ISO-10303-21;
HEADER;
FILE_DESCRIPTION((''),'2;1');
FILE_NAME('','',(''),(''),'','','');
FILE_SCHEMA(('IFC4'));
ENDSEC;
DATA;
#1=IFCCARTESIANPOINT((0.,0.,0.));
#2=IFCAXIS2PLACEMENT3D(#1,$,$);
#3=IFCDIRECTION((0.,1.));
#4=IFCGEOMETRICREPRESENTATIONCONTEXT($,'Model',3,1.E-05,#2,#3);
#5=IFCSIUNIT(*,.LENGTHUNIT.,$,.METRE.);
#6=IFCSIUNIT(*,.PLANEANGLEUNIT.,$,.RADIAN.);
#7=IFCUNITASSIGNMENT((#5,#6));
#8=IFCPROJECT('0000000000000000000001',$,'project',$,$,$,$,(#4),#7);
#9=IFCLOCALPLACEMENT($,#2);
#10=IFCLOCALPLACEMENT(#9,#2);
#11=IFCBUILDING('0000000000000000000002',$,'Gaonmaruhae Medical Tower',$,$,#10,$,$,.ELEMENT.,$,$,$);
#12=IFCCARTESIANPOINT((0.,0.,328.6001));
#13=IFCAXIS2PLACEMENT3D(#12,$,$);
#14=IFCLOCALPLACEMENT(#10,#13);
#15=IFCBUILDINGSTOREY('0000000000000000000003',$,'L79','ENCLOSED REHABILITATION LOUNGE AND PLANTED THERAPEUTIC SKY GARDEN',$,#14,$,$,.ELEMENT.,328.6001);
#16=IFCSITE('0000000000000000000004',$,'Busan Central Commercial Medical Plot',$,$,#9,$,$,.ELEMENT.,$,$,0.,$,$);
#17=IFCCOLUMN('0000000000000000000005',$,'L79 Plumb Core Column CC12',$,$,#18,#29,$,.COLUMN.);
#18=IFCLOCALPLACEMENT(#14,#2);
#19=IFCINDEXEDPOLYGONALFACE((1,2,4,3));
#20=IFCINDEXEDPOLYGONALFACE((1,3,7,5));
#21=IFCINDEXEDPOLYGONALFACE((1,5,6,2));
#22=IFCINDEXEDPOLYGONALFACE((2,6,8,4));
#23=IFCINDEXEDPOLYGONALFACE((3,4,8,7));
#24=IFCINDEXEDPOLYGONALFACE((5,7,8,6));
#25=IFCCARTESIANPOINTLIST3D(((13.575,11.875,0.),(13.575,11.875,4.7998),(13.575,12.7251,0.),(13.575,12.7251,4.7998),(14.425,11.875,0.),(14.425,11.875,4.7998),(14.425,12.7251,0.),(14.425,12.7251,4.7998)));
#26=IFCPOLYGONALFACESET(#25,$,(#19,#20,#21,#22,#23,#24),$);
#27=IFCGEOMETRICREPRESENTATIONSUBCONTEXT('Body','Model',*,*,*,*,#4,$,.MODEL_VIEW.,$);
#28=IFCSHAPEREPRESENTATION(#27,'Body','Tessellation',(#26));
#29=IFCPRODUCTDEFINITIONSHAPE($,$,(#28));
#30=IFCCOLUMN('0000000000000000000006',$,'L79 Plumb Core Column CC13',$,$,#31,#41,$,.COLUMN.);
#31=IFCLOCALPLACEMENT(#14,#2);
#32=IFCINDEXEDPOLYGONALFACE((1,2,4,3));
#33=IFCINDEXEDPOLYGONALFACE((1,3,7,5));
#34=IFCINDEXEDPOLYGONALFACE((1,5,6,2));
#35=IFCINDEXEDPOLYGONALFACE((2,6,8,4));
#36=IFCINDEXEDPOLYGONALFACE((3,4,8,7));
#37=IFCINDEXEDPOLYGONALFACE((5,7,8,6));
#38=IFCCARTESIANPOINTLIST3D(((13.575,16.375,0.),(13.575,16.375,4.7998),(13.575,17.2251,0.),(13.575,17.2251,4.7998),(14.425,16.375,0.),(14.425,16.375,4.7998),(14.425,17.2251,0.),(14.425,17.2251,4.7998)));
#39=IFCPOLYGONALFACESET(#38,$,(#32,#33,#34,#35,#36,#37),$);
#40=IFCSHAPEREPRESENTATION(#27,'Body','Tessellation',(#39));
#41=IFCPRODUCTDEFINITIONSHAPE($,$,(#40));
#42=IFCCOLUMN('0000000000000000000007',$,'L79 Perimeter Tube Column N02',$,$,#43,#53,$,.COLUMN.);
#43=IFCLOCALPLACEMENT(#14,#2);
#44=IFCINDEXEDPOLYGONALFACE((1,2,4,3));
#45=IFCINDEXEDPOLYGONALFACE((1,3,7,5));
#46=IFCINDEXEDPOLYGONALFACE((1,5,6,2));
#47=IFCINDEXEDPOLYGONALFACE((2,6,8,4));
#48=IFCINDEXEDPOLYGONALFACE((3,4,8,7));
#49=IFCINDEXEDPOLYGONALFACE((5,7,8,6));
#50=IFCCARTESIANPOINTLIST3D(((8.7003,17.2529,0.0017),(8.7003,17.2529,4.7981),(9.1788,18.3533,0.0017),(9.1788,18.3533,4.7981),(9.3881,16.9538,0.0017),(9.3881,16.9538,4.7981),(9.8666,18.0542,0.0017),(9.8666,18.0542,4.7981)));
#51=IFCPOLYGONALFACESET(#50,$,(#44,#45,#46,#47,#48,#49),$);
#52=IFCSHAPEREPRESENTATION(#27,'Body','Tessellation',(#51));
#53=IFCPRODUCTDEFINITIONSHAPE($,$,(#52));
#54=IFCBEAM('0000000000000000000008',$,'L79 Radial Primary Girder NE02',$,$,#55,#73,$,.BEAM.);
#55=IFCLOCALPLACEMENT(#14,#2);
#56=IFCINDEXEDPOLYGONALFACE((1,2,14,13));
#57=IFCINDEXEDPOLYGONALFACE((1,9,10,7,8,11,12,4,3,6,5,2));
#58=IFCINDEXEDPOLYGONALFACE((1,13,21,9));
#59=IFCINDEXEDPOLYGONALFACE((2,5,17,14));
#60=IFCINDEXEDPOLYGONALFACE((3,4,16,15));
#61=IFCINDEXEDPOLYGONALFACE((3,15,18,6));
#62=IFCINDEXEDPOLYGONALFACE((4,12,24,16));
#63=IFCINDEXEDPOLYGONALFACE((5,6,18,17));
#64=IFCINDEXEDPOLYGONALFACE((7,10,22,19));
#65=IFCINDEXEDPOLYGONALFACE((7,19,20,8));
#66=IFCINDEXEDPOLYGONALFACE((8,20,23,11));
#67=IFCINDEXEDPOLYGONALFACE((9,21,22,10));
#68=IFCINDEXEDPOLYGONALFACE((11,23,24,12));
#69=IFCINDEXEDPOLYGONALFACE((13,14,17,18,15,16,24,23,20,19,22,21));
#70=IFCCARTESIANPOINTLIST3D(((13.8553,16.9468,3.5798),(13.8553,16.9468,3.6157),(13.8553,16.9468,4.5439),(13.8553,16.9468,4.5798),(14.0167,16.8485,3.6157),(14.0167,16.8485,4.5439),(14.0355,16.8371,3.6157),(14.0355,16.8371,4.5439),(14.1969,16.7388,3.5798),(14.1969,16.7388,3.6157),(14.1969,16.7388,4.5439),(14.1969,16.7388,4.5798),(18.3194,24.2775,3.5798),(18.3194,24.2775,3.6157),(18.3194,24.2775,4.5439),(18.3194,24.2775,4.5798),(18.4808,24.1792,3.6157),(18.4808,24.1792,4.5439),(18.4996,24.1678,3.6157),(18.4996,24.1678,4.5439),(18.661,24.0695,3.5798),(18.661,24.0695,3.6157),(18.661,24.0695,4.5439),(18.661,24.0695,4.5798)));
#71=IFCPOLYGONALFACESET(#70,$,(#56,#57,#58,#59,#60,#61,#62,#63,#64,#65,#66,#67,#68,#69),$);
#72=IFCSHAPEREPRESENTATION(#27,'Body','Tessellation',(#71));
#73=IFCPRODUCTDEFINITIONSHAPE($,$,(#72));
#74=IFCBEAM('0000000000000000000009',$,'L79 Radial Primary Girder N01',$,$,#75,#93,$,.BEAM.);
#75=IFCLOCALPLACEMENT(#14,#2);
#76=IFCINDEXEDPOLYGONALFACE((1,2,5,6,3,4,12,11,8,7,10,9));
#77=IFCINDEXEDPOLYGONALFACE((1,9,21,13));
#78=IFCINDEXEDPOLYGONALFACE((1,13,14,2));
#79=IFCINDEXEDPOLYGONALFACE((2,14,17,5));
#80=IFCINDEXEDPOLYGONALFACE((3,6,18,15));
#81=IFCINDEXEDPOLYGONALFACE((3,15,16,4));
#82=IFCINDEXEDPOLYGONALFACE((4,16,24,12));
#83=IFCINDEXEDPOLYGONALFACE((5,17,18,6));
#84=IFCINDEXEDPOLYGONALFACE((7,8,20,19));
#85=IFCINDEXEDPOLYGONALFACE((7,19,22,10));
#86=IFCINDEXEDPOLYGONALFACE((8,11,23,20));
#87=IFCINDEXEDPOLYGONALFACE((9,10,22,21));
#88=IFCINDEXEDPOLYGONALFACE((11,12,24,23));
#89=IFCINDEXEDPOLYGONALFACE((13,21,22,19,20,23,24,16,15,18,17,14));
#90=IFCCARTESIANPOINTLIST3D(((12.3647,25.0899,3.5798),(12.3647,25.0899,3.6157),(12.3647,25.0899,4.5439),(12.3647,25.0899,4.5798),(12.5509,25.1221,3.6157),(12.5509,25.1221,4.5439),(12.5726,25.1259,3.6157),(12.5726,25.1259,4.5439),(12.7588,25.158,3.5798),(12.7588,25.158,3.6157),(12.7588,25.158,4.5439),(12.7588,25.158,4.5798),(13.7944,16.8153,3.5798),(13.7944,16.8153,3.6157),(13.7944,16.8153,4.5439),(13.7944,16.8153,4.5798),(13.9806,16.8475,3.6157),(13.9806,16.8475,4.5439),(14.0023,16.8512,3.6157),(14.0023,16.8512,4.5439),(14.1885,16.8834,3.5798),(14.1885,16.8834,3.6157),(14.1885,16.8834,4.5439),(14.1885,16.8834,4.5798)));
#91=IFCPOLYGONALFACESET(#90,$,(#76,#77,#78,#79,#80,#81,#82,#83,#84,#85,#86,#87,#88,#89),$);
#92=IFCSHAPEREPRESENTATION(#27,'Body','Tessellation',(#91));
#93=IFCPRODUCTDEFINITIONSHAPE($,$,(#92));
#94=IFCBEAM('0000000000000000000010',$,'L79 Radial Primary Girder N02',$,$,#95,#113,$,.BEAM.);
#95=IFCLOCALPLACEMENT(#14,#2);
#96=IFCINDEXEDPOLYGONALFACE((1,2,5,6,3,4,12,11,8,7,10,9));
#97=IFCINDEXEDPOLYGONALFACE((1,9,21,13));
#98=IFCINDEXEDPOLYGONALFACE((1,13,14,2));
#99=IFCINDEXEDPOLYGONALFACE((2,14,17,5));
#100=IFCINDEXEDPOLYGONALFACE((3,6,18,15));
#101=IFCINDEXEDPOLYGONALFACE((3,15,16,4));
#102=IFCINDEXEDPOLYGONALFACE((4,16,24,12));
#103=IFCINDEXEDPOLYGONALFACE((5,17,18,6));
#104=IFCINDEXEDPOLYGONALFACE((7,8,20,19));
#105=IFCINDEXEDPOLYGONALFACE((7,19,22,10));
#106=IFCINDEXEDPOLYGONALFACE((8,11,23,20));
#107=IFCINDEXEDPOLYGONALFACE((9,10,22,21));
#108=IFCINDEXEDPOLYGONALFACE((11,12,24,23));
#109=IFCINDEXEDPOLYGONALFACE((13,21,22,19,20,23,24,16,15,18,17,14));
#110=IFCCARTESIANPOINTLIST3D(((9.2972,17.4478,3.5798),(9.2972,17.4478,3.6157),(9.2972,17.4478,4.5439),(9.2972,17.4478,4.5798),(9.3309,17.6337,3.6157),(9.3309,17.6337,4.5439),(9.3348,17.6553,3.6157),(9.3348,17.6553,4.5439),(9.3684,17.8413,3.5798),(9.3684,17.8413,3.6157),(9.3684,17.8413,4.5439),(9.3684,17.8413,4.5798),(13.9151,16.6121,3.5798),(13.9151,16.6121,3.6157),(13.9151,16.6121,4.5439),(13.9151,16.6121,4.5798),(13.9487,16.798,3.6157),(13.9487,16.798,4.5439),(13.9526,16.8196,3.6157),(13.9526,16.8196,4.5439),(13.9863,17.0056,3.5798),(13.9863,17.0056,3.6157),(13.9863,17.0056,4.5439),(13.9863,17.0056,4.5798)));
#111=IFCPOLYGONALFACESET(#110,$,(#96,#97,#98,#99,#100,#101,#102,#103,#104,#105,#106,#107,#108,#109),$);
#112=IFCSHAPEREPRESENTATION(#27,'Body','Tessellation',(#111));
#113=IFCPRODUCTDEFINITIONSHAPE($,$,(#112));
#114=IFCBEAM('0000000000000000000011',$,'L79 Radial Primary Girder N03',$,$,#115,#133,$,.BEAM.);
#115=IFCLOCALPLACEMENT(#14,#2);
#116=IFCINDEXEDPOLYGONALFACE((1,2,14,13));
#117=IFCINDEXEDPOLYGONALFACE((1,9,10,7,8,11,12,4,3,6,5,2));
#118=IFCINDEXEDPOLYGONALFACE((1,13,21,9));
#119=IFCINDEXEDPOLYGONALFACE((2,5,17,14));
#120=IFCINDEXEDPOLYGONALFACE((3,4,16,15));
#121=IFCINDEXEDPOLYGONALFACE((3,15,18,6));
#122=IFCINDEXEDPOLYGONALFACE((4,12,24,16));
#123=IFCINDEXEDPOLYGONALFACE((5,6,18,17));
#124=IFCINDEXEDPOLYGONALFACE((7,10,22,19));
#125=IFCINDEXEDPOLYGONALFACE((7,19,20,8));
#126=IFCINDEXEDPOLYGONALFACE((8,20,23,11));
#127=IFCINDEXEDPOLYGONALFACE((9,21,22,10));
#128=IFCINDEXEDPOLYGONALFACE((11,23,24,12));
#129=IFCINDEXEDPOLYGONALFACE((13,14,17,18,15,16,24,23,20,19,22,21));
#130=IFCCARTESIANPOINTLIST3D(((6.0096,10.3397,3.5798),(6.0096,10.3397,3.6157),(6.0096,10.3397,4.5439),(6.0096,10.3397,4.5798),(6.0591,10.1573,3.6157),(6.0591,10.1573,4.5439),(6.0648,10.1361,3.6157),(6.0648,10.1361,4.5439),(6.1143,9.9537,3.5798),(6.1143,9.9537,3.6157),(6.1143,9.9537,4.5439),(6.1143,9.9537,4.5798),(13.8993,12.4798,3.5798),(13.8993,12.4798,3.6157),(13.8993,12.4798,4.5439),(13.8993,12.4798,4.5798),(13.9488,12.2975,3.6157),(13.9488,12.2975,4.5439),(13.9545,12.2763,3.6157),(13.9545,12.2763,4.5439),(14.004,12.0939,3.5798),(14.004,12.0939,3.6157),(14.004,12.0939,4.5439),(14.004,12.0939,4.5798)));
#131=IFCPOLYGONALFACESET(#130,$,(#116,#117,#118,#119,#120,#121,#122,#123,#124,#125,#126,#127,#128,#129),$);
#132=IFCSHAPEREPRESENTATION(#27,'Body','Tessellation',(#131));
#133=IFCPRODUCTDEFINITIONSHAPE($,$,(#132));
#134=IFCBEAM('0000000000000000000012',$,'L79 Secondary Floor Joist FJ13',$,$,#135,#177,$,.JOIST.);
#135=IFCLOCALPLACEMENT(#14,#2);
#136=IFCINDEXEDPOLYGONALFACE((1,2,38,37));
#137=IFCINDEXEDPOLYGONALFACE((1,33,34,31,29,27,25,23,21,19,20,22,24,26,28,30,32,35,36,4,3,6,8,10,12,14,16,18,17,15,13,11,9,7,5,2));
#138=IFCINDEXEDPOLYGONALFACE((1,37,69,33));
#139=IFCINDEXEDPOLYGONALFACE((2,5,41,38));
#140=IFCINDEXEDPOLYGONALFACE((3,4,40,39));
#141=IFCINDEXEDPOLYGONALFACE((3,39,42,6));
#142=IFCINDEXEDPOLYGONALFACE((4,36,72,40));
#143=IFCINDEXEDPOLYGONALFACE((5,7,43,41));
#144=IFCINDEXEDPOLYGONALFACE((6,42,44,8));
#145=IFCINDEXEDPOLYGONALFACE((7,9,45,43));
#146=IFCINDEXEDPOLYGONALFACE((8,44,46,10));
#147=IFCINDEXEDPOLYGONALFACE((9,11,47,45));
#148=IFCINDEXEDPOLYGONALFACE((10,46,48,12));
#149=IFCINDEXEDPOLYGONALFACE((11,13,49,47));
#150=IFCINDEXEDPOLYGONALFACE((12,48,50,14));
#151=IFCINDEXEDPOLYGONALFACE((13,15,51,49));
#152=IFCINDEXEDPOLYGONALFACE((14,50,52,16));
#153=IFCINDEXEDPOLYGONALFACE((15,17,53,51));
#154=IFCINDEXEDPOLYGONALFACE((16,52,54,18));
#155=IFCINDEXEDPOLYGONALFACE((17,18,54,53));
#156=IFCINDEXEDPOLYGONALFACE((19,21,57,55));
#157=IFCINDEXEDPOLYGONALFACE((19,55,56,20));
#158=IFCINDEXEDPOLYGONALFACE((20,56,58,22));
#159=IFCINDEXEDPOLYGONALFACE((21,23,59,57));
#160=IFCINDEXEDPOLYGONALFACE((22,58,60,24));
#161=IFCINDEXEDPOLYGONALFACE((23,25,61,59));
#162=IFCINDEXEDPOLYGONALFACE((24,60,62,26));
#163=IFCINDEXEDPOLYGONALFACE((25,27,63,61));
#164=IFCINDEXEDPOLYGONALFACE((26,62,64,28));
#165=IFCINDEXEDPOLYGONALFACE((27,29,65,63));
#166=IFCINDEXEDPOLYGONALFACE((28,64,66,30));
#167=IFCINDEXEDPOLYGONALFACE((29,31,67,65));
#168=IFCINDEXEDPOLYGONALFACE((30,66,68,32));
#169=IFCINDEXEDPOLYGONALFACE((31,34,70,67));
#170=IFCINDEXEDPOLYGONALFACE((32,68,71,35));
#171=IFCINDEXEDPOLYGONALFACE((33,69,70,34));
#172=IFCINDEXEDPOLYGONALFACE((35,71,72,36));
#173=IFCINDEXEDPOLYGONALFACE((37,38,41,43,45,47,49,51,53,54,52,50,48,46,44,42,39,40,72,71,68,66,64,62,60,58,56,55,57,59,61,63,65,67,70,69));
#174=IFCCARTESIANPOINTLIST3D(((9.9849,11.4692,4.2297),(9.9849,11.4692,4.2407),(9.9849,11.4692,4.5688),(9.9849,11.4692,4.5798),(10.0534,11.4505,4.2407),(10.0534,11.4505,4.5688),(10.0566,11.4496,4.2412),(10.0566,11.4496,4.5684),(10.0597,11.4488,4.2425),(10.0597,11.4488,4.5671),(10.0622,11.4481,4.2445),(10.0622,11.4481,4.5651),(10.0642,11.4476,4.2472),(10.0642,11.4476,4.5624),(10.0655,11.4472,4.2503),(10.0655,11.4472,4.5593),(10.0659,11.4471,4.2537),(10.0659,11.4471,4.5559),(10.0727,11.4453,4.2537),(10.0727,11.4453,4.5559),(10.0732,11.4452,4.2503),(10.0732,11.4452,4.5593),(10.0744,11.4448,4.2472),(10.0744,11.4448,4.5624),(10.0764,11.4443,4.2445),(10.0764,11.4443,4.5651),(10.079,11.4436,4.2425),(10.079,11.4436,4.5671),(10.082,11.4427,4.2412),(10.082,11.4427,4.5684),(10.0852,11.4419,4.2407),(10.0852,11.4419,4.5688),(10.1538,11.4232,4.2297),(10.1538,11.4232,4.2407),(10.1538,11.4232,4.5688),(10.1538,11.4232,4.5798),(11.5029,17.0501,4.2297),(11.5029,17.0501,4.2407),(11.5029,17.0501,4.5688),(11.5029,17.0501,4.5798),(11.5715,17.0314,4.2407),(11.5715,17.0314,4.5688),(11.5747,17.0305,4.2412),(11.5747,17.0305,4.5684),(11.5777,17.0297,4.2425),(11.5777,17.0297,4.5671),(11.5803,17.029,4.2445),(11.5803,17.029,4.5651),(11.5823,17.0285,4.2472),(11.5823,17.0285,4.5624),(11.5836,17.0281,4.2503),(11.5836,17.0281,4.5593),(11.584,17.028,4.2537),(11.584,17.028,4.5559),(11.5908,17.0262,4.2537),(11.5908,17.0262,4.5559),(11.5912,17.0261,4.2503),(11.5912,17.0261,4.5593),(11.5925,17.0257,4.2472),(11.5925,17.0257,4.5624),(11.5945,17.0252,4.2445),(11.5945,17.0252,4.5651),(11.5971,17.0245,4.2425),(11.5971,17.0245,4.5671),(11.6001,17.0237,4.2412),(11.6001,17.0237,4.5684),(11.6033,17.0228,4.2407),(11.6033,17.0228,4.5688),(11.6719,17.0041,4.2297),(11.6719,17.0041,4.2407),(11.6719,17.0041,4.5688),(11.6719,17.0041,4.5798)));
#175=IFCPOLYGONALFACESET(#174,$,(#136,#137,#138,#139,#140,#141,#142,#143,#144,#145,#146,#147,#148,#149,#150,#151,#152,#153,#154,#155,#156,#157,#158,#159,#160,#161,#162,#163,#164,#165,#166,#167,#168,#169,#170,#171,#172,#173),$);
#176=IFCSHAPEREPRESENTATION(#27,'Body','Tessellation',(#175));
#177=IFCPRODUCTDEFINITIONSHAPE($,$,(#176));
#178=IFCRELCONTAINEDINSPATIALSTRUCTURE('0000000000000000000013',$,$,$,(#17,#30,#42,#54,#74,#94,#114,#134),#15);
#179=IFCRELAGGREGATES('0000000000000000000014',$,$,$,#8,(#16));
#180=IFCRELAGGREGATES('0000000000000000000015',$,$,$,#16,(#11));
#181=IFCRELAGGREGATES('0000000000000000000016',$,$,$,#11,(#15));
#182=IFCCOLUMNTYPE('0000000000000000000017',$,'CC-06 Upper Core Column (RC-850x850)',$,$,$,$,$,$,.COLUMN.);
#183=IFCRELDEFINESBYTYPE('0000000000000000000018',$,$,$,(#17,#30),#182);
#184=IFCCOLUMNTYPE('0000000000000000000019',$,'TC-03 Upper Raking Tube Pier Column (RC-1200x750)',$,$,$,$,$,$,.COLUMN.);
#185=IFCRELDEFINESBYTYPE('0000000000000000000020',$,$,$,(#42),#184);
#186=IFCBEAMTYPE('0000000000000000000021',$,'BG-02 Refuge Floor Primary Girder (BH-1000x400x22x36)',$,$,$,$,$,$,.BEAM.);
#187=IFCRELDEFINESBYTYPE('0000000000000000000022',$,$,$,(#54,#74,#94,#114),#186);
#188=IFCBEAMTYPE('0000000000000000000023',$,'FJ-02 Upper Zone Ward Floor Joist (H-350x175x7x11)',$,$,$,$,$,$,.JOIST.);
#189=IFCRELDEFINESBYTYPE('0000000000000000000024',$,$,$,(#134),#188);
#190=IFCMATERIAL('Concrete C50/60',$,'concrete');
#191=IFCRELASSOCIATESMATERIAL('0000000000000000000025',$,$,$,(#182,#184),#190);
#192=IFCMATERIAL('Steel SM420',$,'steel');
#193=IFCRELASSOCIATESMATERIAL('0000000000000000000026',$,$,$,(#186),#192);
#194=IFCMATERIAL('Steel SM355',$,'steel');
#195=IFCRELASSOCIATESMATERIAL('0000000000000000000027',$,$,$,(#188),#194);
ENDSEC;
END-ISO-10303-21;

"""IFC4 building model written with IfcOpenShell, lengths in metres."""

from ifc_helpers import new_model, si_unit, direction, frame, origin, origin_2d, place, context, subcontext, project, spatial, rectangle, i_section, extrude, material, material_profile, profile_set, type_object, element, save


model = new_model("IFC4")

# Units and contexts
model_context = context("Model", 3, precision=1e-05, world=origin(), true_north=direction((0.0, 1.0)))
body_context = subcontext(model_context, "Body", "Model", "MODEL_VIEW")
ifc_project = project(units=[si_unit("LENGTHUNIT", "METRE"), si_unit("PLANEANGLEUNIT", "RADIAN")], contexts=[model_context])

# Site, building, storey
site_placement = place(None, origin())
site = spatial("IfcSite", under=ifc_project, at=site_placement, Name="Busan Central Commercial Medical Plot", CompositionType="ELEMENT", RefElevation=0.0)
building_placement = place(site_placement, origin())
building = spatial("IfcBuilding", under=site, at=building_placement, Name="Gaonmaruhae Medical Tower", CompositionType="ELEMENT")
storey_placement = place(building_placement, frame((0.0, 0.0, 328.6001)))
storey = spatial("IfcBuildingStorey", under=building, at=storey_placement, Name="L79", Description="ENCLOSED REHABILITATION LOUNGE AND PLANTED THERAPEUTIC SKY GARDEN", CompositionType="ELEMENT", Elevation=328.6001)

# Columns
ifc_material_1 = material(Name="Concrete C50/60", Category="concrete")
ifc_material_profile_1 = material_profile(ifc_material_1, rectangle(XDim=0.8501, YDim=0.8501, at=origin_2d()), Name="RC-850x850")
ifc_profile_set_1 = profile_set([ifc_material_profile_1], Name="Concrete C50/60")
column_type_1 = type_object("IfcColumnType", Name="CC-06 Upper Core Column (RC-850x850)", PredefinedType="COLUMN", material=ifc_profile_set_1)
for number, where, z_axis, x_axis, name in (
    (1, (14.0, 12.3, 0.0), (0.0, 0.0, 1.0), (1.0, 0.0, 0.0), "L79 Plumb Core Column CC12"),
    (2, (14.0, 16.8, 0.0), (0.0, 0.0, 1.0), (1.0, 0.0, 0.0), "L79 Plumb Core Column CC13"),
):
    element("IfcColumn", number, at=place(storey_placement, frame(where, z_axis=z_axis, x_axis=x_axis)), inside=storey, type_object=column_type_1, Name=name, PredefinedType="COLUMN", context=body_context, shape_type="SweptSolid", body=[
        extrude(rectangle(XDim=0.8501, YDim=0.8501, at=origin_2d()), origin(), (0.0, 0.0, 1.0), 4.7998),
    ])
ifc_material_profile_2 = material_profile(ifc_material_1, rectangle(XDim=1.2, YDim=0.75, at=origin_2d()), Name="RC-1200x750")
ifc_profile_set_2 = profile_set([ifc_material_profile_2], Name="Concrete C50/60")
column_type_2 = type_object("IfcColumnType", Name="TC-03 Upper Raking Tube Pier Column (RC-1200x750)", PredefinedType="COLUMN", material=ifc_profile_set_2)
column_placement = place(storey_placement, frame((9.2834, 17.6536, 0.0017), z_axis=(0.0, 0.0, 1.0), x_axis=(0.398749, 0.91706, 0.0)))
element("IfcColumn", 3, at=column_placement, inside=storey, type_object=column_type_2, Name="L79 Perimeter Tube Column N02", PredefinedType="COLUMN", context=body_context, shape_type="SweptSolid", body=[
    extrude(rectangle(XDim=1.2, YDim=0.75, at=origin_2d()), origin(), (0.0, 0.0, 1.0), 4.7964),
])

# Beams
ifc_material_2 = material(Name="Steel SM420", Category="steel")
ifc_material_profile_3 = material_profile(ifc_material_2, i_section(OverallWidth=0.3999, OverallDepth=1.0, WebThickness=0.022, FlangeThickness=0.0359, at=origin_2d()), Name="BH-1000x400x22x36")
ifc_profile_set_3 = profile_set([ifc_material_profile_3], Name="Steel SM420")
beam_type_1 = type_object("IfcBeamType", Name="BG-02 Refuge Floor Primary Girder (BH-1000x400x22x36)", PredefinedType="BEAM", material=ifc_profile_set_3)
beam_1_placement = place(storey_placement, frame((14.0261, 16.8428, 4.0798), z_axis=(0.520107, 0.854101, 0.0), x_axis=(-0.854101, 0.520107, 0.0)))
element("IfcBeam", 4, at=beam_1_placement, inside=storey, type_object=beam_type_1, Name="L79 Radial Primary Girder NE02", PredefinedType="BEAM", context=body_context, shape_type="SweptSolid", body=[
    extrude(i_section(OverallWidth=0.3999, OverallDepth=1.0, WebThickness=0.022, FlangeThickness=0.0359, at=origin_2d()), origin(), (0.0, 0.0, 1.0), 8.583),
])
beam_2_placement = place(storey_placement, frame((13.9915, 16.8494, 4.0798), z_axis=(-0.170256, 0.9854, 0.0), x_axis=(-0.9854, -0.170256, 0.0)))
element("IfcBeam", 5, at=beam_2_placement, inside=storey, type_object=beam_type_1, Name="L79 Radial Primary Girder N01", PredefinedType="BEAM", context=body_context, shape_type="SweptSolid", body=[
    extrude(i_section(OverallWidth=0.3999, OverallDepth=1.0, WebThickness=0.022, FlangeThickness=0.0359, at=origin_2d()), origin(), (0.0, 0.0, 1.0), 8.3972),
])
beam_3_placement = place(storey_placement, frame((13.9507, 16.8088, 4.0798), z_axis=(-0.984017, 0.178075, 0.0), x_axis=(-0.178075, -0.984017, 0.0)))
element("IfcBeam", 6, at=beam_3_placement, inside=storey, type_object=beam_type_1, Name="L79 Radial Primary Girder N02", PredefinedType="BEAM", context=body_context, shape_type="SweptSolid", body=[
    extrude(i_section(OverallWidth=0.3999, OverallDepth=1.0, WebThickness=0.022, FlangeThickness=0.0359, at=origin_2d()), origin(), (0.0, 0.0, 1.0), 4.6929),
])
beam_4_placement = place(storey_placement, frame((13.9517, 12.2869, 4.0798), z_axis=(-0.965123, -0.261798, 0.0), x_axis=(0.261798, -0.965123, 0.0)))
element("IfcBeam", 7, at=beam_4_placement, inside=storey, type_object=beam_type_1, Name="L79 Radial Primary Girder N03", PredefinedType="BEAM", context=body_context, shape_type="SweptSolid", body=[
    extrude(i_section(OverallWidth=0.3999, OverallDepth=1.0, WebThickness=0.022, FlangeThickness=0.0359, at=origin_2d()), origin(), (0.0, 0.0, 1.0), 8.1748),
])
ifc_material_3 = material(Name="Steel SM355", Category="steel")
ifc_material_profile_4 = material_profile(ifc_material_3, i_section(OverallWidth=0.175, OverallDepth=0.3501, WebThickness=0.0071, FlangeThickness=0.011, FilletRadius=0.0129, at=origin_2d()), Name="H-350x175x7x11")
ifc_profile_set_4 = profile_set([ifc_material_profile_4], Name="Steel SM355")
beam_type_2 = type_object("IfcBeamType", Name="FJ-02 Upper Zone Ward Floor Joist (H-350x175x7x11)", PredefinedType="JOIST", material=ifc_profile_set_4)
beam_5_placement = place(storey_placement, frame((11.5874, 17.0271, 4.4048), z_axis=(-0.262478, -0.964938, 0.0), x_axis=(0.964938, -0.262478, 0.0)))
element("IfcBeam", 8, at=beam_5_placement, inside=storey, type_object=beam_type_2, Name="L79 Secondary Floor Joist FJ13", PredefinedType="JOIST", context=body_context, shape_type="SweptSolid", body=[
    extrude(i_section(OverallWidth=0.175, OverallDepth=0.3501, WebThickness=0.0071, FlangeThickness=0.011, FilletRadius=0.0129, at=origin_2d()), origin(), (0.0, 0.0, 1.0), 5.7837),
])

save(model, "model.ifc")
